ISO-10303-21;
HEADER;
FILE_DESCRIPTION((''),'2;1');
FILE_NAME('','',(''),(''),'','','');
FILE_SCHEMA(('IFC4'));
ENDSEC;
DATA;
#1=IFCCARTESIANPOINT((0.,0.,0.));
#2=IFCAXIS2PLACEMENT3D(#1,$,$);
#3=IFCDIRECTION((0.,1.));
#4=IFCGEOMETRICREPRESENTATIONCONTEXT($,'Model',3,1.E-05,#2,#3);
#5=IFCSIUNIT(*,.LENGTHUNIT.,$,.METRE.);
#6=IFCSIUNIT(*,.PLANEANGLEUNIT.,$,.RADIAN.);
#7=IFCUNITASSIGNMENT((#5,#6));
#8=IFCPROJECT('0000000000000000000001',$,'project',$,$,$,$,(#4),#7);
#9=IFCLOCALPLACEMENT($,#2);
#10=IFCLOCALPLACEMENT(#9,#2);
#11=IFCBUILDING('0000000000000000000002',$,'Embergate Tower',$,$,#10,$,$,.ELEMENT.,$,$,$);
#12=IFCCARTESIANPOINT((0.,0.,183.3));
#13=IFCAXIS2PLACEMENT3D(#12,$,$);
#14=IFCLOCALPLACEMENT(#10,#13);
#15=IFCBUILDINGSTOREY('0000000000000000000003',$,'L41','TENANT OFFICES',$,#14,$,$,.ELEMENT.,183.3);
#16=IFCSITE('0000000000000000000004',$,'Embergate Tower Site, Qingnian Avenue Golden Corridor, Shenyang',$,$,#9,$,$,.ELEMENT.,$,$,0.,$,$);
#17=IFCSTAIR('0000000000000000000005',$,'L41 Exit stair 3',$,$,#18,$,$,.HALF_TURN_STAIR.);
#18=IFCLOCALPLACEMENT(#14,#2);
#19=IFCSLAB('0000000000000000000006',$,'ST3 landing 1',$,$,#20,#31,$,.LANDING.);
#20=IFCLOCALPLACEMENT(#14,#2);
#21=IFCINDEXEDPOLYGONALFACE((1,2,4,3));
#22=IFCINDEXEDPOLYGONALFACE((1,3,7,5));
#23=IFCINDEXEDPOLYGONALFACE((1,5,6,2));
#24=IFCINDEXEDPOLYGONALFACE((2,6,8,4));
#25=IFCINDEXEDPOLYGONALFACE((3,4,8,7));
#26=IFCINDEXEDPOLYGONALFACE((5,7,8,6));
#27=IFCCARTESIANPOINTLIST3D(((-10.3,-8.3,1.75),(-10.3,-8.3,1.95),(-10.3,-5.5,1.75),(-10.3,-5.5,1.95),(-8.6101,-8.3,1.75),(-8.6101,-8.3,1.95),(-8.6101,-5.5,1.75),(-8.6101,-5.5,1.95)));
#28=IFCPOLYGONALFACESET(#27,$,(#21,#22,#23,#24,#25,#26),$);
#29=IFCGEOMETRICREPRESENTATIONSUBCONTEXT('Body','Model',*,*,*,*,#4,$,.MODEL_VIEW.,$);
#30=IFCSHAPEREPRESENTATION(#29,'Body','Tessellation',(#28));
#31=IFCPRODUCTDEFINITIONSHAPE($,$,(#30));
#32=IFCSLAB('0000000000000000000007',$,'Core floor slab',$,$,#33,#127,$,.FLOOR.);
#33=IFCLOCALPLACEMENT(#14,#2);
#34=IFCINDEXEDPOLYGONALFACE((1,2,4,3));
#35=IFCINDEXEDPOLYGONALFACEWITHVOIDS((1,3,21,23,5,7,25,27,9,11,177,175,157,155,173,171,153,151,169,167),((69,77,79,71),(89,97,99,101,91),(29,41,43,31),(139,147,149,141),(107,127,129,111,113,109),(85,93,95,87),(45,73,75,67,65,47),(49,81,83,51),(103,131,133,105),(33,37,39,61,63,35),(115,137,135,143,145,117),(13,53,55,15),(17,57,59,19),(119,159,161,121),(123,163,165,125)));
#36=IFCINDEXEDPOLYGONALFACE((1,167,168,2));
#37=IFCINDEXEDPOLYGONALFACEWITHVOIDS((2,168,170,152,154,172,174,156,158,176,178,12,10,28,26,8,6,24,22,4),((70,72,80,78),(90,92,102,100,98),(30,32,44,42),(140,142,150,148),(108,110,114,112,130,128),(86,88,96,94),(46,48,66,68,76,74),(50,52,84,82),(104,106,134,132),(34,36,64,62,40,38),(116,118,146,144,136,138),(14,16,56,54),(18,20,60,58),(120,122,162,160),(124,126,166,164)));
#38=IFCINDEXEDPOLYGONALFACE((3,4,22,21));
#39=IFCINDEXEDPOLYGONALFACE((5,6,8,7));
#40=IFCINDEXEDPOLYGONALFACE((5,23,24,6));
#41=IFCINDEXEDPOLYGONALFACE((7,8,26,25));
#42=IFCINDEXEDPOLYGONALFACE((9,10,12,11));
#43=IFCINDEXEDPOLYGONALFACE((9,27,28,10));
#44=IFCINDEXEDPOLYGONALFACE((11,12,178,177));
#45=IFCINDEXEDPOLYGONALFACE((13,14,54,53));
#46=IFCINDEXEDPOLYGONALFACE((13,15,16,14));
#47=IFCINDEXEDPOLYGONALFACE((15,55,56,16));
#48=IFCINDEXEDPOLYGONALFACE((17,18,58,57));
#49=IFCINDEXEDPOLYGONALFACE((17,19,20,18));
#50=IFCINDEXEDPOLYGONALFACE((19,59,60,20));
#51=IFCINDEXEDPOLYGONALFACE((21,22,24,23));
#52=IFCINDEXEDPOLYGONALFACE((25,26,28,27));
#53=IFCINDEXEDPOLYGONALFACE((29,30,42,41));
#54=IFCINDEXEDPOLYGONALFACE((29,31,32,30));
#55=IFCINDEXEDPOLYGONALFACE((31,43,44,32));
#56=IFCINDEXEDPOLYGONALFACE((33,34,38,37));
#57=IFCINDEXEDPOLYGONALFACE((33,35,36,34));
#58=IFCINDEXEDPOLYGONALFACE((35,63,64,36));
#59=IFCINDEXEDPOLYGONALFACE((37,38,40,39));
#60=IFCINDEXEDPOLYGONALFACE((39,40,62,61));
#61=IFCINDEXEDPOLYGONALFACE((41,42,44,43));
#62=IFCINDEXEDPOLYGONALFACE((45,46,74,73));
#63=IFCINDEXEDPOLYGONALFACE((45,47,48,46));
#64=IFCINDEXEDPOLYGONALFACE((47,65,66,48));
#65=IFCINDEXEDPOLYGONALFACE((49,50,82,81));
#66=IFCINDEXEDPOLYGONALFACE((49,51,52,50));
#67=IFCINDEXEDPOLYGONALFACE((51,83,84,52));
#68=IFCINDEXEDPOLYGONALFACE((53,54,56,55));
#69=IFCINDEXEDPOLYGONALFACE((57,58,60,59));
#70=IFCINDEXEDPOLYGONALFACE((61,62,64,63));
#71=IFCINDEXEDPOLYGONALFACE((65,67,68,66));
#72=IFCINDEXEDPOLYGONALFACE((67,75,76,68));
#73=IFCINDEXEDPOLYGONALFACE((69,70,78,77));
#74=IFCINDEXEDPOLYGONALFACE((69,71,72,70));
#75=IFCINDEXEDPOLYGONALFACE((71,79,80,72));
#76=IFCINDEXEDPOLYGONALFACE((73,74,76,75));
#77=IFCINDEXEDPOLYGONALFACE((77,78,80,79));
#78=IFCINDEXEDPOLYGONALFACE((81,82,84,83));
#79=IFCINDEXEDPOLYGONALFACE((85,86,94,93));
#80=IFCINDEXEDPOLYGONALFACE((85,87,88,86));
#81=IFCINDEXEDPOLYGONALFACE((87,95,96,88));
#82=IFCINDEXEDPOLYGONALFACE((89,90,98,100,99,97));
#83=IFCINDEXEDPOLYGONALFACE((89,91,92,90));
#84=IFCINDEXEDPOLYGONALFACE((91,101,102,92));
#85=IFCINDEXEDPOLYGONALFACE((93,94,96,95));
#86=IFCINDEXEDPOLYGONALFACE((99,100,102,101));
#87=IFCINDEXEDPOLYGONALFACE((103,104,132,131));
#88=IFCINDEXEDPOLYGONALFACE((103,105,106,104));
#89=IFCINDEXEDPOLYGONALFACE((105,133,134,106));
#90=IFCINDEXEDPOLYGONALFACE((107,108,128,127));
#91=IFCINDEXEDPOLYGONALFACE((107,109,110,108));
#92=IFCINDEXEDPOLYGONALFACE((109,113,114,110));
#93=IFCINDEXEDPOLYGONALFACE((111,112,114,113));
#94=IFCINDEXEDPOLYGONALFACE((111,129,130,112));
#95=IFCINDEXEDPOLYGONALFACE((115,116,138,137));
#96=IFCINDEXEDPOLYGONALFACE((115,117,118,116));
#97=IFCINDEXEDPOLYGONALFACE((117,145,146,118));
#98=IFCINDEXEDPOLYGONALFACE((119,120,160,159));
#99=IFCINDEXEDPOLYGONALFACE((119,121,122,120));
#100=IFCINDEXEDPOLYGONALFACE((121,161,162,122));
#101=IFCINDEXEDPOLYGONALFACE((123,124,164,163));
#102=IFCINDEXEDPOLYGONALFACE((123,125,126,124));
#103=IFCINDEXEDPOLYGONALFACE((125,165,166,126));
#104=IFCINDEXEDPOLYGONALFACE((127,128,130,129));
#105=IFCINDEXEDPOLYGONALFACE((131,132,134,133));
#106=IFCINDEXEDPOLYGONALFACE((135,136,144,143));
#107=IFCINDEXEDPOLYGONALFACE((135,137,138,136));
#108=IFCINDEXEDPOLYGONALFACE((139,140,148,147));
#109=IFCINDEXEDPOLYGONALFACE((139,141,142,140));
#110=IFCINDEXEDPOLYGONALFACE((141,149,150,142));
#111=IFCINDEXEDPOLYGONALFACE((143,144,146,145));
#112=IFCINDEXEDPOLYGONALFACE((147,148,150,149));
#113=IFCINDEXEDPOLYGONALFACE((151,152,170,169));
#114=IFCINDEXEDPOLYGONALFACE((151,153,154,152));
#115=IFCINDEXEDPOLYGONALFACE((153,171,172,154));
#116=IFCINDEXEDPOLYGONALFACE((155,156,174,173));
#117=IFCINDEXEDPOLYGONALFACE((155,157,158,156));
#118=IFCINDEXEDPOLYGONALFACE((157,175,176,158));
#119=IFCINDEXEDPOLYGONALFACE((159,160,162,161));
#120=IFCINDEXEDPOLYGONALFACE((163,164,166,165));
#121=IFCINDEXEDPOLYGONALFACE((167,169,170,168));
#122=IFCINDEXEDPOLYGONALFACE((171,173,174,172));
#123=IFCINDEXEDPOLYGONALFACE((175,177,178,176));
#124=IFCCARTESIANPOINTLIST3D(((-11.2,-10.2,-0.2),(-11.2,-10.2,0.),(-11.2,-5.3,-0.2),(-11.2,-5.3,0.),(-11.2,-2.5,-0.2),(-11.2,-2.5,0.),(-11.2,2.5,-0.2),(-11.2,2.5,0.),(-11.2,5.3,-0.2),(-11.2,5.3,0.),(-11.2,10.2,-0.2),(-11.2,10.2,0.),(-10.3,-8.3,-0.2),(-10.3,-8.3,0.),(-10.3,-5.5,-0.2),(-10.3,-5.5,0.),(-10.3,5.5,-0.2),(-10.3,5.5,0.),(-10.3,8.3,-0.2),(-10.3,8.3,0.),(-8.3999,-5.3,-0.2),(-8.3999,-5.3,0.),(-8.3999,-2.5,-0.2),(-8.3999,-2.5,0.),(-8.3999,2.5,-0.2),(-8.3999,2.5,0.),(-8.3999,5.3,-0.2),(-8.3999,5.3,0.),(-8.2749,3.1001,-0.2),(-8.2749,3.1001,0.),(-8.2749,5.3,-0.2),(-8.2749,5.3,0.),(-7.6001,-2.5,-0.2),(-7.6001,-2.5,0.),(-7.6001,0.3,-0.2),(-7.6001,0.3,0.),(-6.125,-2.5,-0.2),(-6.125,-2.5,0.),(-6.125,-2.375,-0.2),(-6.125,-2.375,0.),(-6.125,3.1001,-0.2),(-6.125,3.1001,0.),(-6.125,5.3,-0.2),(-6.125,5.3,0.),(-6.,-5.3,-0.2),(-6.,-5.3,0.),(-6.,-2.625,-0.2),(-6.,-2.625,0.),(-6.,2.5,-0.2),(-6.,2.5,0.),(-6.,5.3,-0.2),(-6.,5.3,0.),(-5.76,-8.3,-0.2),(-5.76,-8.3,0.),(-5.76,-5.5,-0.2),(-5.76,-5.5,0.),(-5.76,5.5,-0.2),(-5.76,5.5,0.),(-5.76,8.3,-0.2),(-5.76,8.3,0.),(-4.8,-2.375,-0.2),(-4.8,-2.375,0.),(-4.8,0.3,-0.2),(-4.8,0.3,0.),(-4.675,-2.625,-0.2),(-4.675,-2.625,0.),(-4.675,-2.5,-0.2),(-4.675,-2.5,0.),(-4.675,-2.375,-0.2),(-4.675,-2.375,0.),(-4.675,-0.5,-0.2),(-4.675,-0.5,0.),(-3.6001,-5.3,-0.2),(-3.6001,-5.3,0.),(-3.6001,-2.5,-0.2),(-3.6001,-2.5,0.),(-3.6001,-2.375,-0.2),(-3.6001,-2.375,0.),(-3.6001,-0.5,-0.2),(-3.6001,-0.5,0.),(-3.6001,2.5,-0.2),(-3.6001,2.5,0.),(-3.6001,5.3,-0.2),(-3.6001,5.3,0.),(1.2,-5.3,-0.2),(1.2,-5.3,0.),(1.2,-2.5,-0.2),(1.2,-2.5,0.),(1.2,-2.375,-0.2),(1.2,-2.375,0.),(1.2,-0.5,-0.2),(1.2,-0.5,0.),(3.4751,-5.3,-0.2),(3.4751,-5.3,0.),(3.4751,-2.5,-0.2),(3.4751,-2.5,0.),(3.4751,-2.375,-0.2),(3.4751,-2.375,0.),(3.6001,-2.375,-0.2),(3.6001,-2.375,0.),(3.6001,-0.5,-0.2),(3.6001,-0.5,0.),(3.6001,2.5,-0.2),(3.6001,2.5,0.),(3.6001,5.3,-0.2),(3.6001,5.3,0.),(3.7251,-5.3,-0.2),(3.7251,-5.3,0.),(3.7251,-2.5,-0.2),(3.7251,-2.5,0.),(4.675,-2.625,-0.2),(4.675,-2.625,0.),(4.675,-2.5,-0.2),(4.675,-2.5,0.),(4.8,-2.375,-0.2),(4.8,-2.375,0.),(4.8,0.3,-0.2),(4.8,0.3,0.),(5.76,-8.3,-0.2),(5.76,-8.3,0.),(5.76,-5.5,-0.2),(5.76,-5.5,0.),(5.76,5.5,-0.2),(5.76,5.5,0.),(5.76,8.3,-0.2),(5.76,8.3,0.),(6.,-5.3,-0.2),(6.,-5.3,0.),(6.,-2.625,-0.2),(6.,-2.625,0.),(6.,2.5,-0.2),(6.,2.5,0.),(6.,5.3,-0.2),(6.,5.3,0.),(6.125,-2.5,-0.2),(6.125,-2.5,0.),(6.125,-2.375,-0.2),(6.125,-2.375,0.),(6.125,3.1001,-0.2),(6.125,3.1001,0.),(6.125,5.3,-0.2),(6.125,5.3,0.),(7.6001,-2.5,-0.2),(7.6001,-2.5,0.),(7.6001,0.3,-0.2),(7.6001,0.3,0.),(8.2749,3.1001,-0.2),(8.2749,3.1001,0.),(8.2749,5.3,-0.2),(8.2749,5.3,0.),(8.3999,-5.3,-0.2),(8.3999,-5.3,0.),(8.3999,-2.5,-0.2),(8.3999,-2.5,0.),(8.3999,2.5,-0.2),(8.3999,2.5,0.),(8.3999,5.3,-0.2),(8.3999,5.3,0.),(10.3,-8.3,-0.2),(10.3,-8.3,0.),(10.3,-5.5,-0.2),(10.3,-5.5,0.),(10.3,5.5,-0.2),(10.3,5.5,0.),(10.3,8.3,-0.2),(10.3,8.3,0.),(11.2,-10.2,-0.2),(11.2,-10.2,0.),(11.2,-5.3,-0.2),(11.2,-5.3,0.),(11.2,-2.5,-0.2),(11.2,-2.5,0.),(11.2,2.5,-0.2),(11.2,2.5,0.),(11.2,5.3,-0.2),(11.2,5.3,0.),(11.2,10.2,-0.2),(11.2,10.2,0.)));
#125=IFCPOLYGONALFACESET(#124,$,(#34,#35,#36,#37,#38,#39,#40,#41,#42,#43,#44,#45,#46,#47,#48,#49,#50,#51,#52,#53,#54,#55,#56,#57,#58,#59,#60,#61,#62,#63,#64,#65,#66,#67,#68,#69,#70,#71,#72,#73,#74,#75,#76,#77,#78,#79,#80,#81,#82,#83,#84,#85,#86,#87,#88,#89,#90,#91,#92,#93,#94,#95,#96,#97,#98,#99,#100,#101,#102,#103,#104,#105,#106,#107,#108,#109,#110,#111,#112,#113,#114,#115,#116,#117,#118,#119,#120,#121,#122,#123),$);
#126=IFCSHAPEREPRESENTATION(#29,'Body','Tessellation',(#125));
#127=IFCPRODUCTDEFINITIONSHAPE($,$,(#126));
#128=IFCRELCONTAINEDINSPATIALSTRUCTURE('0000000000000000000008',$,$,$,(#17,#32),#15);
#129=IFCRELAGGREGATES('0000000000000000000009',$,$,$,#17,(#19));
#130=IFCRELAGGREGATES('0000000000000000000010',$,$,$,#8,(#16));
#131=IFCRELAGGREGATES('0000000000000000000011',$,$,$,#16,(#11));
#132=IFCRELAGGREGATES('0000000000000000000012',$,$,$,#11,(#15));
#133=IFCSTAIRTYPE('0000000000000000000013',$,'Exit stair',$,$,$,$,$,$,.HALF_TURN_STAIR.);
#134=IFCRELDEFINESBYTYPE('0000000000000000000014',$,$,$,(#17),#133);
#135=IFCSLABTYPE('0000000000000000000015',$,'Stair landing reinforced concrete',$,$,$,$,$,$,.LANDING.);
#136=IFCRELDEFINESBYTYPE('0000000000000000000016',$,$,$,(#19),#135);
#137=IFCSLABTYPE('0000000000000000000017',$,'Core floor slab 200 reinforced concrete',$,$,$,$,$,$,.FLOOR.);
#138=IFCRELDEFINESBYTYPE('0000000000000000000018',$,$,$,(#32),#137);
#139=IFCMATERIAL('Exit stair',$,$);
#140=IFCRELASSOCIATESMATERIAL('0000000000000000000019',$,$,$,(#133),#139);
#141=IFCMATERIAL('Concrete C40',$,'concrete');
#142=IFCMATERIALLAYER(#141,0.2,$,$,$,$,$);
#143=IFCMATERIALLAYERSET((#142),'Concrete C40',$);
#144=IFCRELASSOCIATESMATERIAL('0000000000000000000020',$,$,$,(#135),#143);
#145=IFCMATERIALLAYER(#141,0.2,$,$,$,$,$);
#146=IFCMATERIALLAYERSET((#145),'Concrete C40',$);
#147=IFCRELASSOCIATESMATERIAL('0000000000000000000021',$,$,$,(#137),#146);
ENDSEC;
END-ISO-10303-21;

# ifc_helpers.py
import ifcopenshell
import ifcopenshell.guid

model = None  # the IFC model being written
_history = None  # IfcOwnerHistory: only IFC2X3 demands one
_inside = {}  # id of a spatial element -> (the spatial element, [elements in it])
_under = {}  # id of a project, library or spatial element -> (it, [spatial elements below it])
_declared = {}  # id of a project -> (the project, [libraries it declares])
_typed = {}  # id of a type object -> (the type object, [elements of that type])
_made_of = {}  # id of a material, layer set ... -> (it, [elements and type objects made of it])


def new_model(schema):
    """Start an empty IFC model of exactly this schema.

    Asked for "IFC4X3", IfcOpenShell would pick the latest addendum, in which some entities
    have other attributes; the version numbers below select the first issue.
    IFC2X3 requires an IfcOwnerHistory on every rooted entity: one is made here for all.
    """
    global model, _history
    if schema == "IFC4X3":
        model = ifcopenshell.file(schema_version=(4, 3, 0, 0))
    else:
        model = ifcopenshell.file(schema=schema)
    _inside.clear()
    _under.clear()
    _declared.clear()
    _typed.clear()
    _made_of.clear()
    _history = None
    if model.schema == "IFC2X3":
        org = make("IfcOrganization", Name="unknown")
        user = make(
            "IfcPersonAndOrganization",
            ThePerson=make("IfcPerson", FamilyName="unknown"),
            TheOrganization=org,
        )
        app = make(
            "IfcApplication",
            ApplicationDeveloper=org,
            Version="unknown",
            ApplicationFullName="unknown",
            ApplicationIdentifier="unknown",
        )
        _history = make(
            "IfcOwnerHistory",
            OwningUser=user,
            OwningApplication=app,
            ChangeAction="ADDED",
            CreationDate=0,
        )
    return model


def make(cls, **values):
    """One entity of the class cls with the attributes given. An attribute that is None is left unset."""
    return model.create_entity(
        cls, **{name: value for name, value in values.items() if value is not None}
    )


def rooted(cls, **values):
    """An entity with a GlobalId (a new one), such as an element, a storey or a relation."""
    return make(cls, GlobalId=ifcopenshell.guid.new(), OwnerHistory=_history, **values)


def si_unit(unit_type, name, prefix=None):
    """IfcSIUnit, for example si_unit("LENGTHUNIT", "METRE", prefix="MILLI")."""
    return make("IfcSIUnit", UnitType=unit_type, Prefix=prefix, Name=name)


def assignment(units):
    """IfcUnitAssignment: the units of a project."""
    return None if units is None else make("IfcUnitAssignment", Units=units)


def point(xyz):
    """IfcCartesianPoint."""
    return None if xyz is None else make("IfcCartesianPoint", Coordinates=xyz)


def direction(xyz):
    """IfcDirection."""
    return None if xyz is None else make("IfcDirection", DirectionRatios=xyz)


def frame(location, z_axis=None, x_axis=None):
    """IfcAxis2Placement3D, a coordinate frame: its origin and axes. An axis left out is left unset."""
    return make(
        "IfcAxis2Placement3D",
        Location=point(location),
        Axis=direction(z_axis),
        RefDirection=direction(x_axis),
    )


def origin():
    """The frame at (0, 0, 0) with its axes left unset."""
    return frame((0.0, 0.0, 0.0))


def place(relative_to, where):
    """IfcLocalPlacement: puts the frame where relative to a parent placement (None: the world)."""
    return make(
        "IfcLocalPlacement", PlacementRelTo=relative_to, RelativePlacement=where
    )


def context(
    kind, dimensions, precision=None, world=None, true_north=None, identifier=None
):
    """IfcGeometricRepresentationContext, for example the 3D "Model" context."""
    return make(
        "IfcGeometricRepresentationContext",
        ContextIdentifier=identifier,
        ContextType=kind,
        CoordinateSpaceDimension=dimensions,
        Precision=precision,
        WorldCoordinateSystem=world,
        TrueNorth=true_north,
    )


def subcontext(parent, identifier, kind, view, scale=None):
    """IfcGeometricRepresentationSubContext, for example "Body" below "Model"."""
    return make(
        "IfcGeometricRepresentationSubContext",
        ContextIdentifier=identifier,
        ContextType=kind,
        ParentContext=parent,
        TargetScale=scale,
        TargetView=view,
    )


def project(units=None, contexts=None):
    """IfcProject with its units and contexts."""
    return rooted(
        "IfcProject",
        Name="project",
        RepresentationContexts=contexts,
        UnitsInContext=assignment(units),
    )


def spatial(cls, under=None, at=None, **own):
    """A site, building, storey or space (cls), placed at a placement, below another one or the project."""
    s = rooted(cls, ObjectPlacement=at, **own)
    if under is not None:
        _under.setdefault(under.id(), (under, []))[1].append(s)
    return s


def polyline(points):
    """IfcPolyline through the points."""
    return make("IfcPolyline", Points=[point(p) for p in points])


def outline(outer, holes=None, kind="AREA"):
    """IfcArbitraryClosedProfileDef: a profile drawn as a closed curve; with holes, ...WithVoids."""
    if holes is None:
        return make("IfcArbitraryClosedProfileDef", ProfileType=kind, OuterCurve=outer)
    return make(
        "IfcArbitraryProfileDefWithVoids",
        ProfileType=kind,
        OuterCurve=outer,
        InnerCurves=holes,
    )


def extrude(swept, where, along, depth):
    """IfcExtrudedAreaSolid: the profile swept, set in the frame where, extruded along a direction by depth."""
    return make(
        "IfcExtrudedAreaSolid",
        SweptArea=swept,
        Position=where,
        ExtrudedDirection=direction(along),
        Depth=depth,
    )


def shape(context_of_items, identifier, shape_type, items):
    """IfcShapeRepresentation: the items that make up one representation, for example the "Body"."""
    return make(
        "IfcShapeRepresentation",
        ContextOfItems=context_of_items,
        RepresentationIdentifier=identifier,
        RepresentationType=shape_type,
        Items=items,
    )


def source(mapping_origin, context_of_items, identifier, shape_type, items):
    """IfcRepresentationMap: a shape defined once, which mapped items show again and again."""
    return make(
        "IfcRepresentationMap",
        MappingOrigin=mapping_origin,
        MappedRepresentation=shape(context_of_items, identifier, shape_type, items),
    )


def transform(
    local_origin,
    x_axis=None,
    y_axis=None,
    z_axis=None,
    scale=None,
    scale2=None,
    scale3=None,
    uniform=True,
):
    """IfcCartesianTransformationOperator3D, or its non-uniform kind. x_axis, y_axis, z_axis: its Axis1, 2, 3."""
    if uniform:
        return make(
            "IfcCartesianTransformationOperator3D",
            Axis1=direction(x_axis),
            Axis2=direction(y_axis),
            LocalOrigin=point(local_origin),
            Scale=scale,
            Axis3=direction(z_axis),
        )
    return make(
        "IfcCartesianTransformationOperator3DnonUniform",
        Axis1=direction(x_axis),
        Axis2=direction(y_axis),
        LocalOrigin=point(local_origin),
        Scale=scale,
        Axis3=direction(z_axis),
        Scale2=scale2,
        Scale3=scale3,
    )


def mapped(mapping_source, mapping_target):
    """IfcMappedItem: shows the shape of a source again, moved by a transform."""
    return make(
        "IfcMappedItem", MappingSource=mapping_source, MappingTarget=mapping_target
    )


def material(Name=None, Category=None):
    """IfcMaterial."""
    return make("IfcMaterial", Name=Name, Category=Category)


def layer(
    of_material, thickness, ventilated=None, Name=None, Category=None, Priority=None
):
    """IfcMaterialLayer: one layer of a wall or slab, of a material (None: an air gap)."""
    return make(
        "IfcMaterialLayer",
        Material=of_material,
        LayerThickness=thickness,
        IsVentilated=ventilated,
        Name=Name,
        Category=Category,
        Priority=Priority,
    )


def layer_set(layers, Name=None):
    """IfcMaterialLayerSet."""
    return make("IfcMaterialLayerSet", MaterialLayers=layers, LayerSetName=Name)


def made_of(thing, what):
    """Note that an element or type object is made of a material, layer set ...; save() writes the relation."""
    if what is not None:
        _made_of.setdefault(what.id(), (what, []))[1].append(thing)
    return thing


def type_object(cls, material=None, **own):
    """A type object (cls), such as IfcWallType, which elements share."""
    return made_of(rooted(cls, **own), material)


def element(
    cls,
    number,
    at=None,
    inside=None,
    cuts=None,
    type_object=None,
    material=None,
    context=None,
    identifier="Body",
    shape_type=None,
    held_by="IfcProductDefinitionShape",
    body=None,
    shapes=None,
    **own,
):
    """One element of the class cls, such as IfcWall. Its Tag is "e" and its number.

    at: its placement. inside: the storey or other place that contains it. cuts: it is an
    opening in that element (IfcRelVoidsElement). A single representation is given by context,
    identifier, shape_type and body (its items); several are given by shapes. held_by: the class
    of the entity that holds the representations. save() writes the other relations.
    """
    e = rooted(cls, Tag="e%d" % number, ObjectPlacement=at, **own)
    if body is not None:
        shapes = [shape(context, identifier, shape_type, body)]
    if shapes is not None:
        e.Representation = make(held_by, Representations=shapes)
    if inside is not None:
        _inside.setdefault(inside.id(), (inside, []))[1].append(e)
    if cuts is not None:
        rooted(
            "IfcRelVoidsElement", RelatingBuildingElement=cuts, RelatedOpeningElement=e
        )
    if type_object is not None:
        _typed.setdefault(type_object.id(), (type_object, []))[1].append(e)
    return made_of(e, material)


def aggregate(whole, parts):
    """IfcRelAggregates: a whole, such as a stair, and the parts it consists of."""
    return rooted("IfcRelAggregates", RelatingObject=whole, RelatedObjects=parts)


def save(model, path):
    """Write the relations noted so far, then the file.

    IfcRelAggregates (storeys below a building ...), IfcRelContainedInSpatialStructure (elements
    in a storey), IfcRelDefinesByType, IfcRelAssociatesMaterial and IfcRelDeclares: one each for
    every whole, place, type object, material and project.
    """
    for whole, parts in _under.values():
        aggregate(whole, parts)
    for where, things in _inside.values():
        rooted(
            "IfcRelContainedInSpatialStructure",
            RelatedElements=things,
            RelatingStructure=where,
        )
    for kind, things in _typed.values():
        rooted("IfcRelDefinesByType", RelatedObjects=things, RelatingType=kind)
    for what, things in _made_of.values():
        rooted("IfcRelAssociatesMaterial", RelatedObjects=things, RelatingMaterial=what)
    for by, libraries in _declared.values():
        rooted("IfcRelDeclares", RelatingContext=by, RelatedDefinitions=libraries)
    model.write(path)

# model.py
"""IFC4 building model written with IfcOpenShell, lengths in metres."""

from ifc_helpers import new_model, si_unit, direction, frame, origin, place, context, subcontext, project, spatial, polyline, outline, extrude, source, transform, mapped, material, layer, layer_set, type_object, element, aggregate, save


model = new_model("IFC4")

# Units and contexts
model_context = context("Model", 3, precision=1e-05, world=origin(), true_north=direction((0.0, 1.0)))
body_context = subcontext(model_context, "Body", "Model", "MODEL_VIEW")
ifc_project = project(units=[si_unit("LENGTHUNIT", "METRE"), si_unit("PLANEANGLEUNIT", "RADIAN")], contexts=[model_context])

# Site, building, storey
site_placement = place(None, origin())
site = spatial("IfcSite", under=ifc_project, at=site_placement, Name="Embergate Tower Site, Qingnian Avenue Golden Corridor, Shenyang", CompositionType="ELEMENT", RefElevation=0.0)
building_placement = place(site_placement, origin())
building = spatial("IfcBuilding", under=site, at=building_placement, Name="Embergate Tower", CompositionType="ELEMENT")
storey_placement = place(building_placement, frame((0.0, 0.0, 183.3)))
storey = spatial("IfcBuildingStorey", under=building, at=storey_placement, Name="L41", Description="TENANT OFFICES", CompositionType="ELEMENT", Elevation=183.3)

# Stair, slab
ifc_material_1 = material(Name="Exit stair")
stair_type = type_object("IfcStairType", Name="Exit stair", PredefinedType="HALF_TURN_STAIR", material=ifc_material_1)
stair_placement = place(storey_placement, origin())
stair = element("IfcStair", 1, at=stair_placement, inside=storey, type_object=stair_type, Name="L41 Exit stair 3", PredefinedType="HALF_TURN_STAIR")
ifc_material_2 = material(Name="Concrete C40", Category="concrete")
ifc_layer_1 = layer(ifc_material_2, 0.2)
ifc_layer_set_1 = layer_set([ifc_layer_1], Name="Concrete C40")
slab_type_1 = type_object("IfcSlabType", Name="Stair landing reinforced concrete", PredefinedType="LANDING", material=ifc_layer_set_1)
shared_shape_1 = source(origin(), body_context, "Body", "SweptSolid", [
    extrude(outline(polyline([(0.0, 0.0), (1.6899, 0.0), (1.6899, 2.8), (0.0, 2.8), (0.0, 0.0)])), origin(), (0.0, 0.0, 1.0), 0.2),
])
slab_1_placement = place(storey_placement, frame((-10.3, -8.3, 1.75)))
slab_1 = element("IfcSlab", 2, at=slab_1_placement, type_object=slab_type_1, Name="ST3 landing 1", PredefinedType="LANDING", context=body_context, shape_type="MappedRepresentation", body=[
    mapped(shared_shape_1, transform((0.0, 0.0, 0.0))),
])

# Slab
ifc_layer_2 = layer(ifc_material_2, 0.2)
ifc_layer_set_2 = layer_set([ifc_layer_2], Name="Concrete C40")
slab_type_2 = type_object("IfcSlabType", Name="Core floor slab 200 reinforced concrete", PredefinedType="FLOOR", material=ifc_layer_set_2)
shared_shape_2 = source(origin(), body_context, "Body", "SweptSolid", [
    extrude(outline(polyline([(0.0, 0.0), (22.3999, 0.0), (22.3999, 4.8999), (19.5999, 4.8999), (19.5999, 7.7), (22.3999, 7.7), (22.3999, 12.7), (19.5999, 12.7), (19.5999, 15.5), (22.3999, 15.5), (22.3999, 20.3999), (0.0, 20.3999), (0.0, 15.5), (2.8, 15.5), (2.8, 12.7), (0.0, 12.7), (0.0, 7.7), (2.8, 7.7), (2.8, 4.8999), (0.0, 4.8999), (0.0, 0.0)]), holes=[polyline([(0.8999, 1.8999), (0.8999, 4.7), (5.4399, 4.7), (5.4399, 1.8999), (0.8999, 1.8999)]), polyline([(16.96, 1.8999), (16.96, 4.7), (21.5, 4.7), (21.5, 1.8999), (16.96, 1.8999)]), polyline([(5.2, 4.8999), (5.2, 7.575), (6.5249, 7.575), (6.5249, 7.7), (7.5999, 7.7), (7.5999, 4.8999), (5.2, 4.8999)]), polyline([(12.3999, 4.8999), (12.3999, 7.7), (14.675, 7.7), (14.675, 4.8999), (12.3999, 4.8999)]), polyline([(14.925, 4.8999), (14.925, 7.7), (15.875, 7.7), (15.875, 7.575), (17.2, 7.575), (17.2, 4.8999), (14.925, 4.8999)]), polyline([(3.5999, 7.7), (3.5999, 10.5), (6.3999, 10.5), (6.3999, 7.825), (5.075, 7.825), (5.075, 7.7), (3.5999, 7.7)]), polyline([(17.325, 7.7), (17.325, 7.825), (16.0, 7.825), (16.0, 10.5), (18.8, 10.5), (18.8, 7.7), (17.325, 7.7)]), polyline([(6.5249, 7.825), (6.5249, 9.7), (7.5999, 9.7), (7.5999, 7.825), (6.5249, 7.825)]), polyline([(12.3999, 7.825), (12.3999, 9.7), (14.8, 9.7), (14.8, 7.825), (14.675, 7.825), (12.3999, 7.825)]), polyline([(5.2, 12.7), (5.2, 15.5), (7.5999, 15.5), (7.5999, 12.7), (5.2, 12.7)]), polyline([(14.8, 12.7), (14.8, 15.5), (17.2, 15.5), (17.2, 12.7), (14.8, 12.7)]), polyline([(2.925, 13.3), (2.925, 15.5), (5.075, 15.5), (5.075, 13.3), (2.925, 13.3)]), polyline([(17.325, 13.3), (17.325, 15.5), (19.4749, 15.5), (19.4749, 13.3), (17.325, 13.3)]), polyline([(0.8999, 15.7), (0.8999, 18.5), (5.4399, 18.5), (5.4399, 15.7), (0.8999, 15.7)]), polyline([(16.96, 15.7), (16.96, 18.5), (21.5, 18.5), (21.5, 15.7), (16.96, 15.7)])]), origin(), (0.0, 0.0, 1.0), 0.2),
])
slab_2_placement = place(storey_placement, frame((-11.2, -10.2, -0.2)))
element("IfcSlab", 3, at=slab_2_placement, inside=storey, type_object=slab_type_2, Name="Core floor slab", PredefinedType="FLOOR", context=body_context, shape_type="MappedRepresentation", body=[
    mapped(shared_shape_2, transform((0.0, 0.0, 0.0))),
])

aggregate(stair, [slab_1])

save(model, "model.ifc")
